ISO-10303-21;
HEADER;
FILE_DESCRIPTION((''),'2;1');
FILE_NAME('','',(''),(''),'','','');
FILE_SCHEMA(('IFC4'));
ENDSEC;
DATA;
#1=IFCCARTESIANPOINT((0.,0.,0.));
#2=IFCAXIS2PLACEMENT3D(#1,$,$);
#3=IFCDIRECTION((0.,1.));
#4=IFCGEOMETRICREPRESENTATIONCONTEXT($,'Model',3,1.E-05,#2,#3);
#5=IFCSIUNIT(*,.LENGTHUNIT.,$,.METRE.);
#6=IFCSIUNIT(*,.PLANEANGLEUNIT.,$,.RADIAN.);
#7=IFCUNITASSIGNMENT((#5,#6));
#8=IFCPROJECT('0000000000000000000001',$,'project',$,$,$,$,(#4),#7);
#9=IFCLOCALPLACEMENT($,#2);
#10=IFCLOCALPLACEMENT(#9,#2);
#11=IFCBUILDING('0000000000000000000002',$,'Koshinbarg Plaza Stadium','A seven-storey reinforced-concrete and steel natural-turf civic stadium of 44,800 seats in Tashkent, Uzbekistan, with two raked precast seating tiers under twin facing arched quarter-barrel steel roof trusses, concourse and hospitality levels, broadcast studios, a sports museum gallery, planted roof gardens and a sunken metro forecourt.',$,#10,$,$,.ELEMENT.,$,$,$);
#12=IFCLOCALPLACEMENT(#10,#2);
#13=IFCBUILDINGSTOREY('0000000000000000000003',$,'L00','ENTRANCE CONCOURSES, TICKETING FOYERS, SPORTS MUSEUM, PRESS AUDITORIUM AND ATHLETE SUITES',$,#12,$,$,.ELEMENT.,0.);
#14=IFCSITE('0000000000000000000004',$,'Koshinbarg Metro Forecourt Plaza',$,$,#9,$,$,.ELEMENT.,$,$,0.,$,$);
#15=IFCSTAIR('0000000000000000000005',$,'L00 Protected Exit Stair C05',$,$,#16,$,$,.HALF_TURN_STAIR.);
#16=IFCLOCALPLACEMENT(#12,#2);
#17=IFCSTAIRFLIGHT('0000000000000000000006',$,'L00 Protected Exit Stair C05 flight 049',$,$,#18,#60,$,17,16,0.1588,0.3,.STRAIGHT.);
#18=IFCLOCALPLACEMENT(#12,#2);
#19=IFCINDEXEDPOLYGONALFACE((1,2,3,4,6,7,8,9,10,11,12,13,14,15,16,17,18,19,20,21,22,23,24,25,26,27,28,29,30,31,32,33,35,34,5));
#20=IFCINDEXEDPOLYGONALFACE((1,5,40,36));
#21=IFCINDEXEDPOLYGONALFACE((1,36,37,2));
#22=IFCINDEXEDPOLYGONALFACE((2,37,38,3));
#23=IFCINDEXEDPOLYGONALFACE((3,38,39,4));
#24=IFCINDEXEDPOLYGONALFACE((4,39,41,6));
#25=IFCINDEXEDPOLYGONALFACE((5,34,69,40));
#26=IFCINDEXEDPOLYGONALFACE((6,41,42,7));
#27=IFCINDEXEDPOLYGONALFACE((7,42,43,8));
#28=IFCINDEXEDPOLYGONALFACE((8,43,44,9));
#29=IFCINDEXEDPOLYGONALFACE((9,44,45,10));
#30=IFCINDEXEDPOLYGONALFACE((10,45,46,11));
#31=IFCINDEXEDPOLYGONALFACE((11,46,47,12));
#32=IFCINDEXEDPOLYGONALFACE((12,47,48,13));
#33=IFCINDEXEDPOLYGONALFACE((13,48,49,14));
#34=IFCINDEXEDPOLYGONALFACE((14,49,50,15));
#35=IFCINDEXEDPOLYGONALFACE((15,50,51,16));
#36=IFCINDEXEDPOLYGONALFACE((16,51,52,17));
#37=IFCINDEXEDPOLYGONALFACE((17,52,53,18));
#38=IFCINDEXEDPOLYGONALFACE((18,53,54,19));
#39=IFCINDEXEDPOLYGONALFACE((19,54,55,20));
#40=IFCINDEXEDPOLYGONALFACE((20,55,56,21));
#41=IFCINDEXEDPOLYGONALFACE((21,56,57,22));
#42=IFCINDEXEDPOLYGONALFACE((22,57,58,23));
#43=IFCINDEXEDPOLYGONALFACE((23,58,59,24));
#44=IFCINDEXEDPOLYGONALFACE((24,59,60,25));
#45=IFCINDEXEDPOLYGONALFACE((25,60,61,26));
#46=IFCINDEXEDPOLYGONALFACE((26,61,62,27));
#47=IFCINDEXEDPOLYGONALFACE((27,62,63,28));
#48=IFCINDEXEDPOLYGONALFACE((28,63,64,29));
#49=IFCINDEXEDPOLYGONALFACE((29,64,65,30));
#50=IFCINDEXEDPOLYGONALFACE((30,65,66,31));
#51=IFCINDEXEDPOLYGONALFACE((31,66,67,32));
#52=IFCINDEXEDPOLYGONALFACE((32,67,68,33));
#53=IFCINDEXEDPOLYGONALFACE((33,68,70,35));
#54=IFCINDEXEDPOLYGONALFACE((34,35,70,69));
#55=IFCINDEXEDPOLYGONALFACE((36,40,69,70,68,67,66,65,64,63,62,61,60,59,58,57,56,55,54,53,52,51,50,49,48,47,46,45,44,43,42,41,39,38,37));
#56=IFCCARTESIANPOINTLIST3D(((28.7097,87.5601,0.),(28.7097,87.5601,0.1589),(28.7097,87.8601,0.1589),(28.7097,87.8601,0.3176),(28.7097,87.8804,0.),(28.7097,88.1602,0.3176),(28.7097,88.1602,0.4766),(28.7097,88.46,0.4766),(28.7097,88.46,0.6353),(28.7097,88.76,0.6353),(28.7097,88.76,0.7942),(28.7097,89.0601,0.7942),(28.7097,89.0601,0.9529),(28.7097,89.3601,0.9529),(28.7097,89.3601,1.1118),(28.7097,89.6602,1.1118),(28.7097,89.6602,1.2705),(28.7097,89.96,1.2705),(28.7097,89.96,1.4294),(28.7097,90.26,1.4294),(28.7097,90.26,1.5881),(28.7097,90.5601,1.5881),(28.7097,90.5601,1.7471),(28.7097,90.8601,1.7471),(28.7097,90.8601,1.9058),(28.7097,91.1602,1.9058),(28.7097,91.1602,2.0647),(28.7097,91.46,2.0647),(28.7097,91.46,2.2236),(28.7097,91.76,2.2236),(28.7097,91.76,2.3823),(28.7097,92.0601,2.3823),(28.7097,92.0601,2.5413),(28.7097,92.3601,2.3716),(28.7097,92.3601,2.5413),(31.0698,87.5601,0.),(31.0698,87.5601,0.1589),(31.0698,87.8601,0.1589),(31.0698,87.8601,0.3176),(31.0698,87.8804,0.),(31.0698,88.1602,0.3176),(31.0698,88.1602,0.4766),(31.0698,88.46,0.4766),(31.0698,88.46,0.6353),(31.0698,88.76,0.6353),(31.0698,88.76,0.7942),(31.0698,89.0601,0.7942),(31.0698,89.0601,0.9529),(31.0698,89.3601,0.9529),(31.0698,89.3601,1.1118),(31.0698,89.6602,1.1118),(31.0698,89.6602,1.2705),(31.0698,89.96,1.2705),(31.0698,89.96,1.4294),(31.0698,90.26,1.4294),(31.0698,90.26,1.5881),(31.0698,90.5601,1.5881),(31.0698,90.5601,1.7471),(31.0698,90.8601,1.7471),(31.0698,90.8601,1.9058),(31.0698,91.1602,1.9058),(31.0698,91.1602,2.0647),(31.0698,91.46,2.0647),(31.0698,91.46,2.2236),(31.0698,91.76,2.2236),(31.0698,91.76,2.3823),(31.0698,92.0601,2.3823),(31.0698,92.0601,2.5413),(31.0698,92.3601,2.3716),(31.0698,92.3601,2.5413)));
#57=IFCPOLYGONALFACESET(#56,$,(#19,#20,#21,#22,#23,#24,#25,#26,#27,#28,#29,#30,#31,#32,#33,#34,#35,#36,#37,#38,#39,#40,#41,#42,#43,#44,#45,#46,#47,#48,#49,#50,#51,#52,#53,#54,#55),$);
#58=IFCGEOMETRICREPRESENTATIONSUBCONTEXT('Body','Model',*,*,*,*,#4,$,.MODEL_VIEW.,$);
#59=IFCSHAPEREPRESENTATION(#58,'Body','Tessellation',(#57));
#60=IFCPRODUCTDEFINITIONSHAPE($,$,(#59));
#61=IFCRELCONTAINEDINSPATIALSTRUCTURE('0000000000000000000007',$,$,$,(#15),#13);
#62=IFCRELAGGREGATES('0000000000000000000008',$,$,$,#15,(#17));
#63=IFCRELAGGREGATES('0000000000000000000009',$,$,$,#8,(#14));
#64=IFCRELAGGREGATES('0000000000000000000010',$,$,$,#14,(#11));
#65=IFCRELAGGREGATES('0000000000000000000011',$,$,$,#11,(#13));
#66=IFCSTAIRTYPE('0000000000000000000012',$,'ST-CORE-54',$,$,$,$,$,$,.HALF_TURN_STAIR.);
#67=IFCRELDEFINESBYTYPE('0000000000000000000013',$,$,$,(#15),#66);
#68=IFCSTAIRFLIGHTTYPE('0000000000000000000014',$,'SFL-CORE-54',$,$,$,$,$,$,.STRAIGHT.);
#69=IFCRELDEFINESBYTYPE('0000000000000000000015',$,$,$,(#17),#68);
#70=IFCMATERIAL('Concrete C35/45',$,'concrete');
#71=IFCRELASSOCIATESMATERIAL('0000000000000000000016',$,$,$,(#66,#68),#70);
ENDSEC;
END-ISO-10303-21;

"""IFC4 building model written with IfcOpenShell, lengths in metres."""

from ifc_helpers import new_model, si_unit, direction, frame, origin, place, context, subcontext, project, spatial, polyline, outline, extrude, material, type_object, element, aggregate, save


model = new_model("IFC4")

# Units and contexts
model_context = context("Model", 3, precision=1e-05, world=origin(), true_north=direction((0.0, 1.0)))
body_context = subcontext(model_context, "Body", "Model", "MODEL_VIEW")
ifc_project = project(units=[si_unit("LENGTHUNIT", "METRE"), si_unit("PLANEANGLEUNIT", "RADIAN")], contexts=[model_context])

# Site, building, storey
site_placement = place(None, origin())
site = spatial("IfcSite", under=ifc_project, at=site_placement, Name="Koshinbarg Metro Forecourt Plaza", CompositionType="ELEMENT", RefElevation=0.0)
building_placement = place(site_placement, origin())
building = spatial("IfcBuilding", under=site, at=building_placement, Name="Koshinbarg Plaza Stadium", Description="A seven-storey reinforced-concrete and steel natural-turf civic stadium of 44,800 seats in Tashkent, Uzbekistan, with two raked precast seating tiers under twin facing arched quarter-barrel steel roof trusses, concourse and hospitality levels, broadcast studios, a sports museum gallery, planted roof gardens and a sunken metro forecourt.", CompositionType="ELEMENT")
storey_placement = place(building_placement, origin())
storey = spatial("IfcBuildingStorey", under=building, at=storey_placement, Name="L00", Description="ENTRANCE CONCOURSES, TICKETING FOYERS, SPORTS MUSEUM, PRESS AUDITORIUM AND ATHLETE SUITES", CompositionType="ELEMENT", Elevation=0.0)

# Shared definitions
ifc_material_1 = material(Name="Concrete C35/45", Category="concrete")

# Stair, stair flight
stair_type = type_object("IfcStairType", Name="ST-CORE-54", PredefinedType="HALF_TURN_STAIR", material=ifc_material_1)
stair_placement = place(storey_placement, origin())
stair = element("IfcStair", 1, at=stair_placement, inside=storey, type_object=stair_type, Name="L00 Protected Exit Stair C05", PredefinedType="HALF_TURN_STAIR")
stair_flight_type = type_object("IfcStairFlightType", Name="SFL-CORE-54", PredefinedType="STRAIGHT", material=ifc_material_1)
stair_flight_placement = place(storey_placement, frame((29.8899, 87.5601, 0.0), z_axis=(0.0, 0.0, 1.0), x_axis=(0.0, 1.0, 0.0)))
stair_flight = element("IfcStairFlight", 2, at=stair_flight_placement, type_object=stair_flight_type, Name="L00 Protected Exit Stair C05 flight 049", NumberOfRisers=17, NumberOfTreads=16, PredefinedType="STRAIGHT", RiserHeight=0.1588, TreadLength=0.3, context=body_context, shape_type="SweptSolid", body=[
    extrude(outline(polyline([(0.0, 0.0), (0.0, 0.1589), (0.3, 0.1589), (0.3, 0.3176), (0.6001, 0.3176), (0.6001, 0.4766), (0.8999, 0.4766), (0.8999, 0.6353), (1.2, 0.6353), (1.2, 0.7942), (1.5, 0.7942), (1.5, 0.9529), (1.8, 0.9529), (1.8, 1.1118), (2.1001, 1.1118), (2.1001, 1.2705), (2.3999, 1.2705), (2.3999, 1.4294), (2.7, 1.4294), (2.7, 1.5881), (3.0, 1.5881), (3.0, 1.7471), (3.3, 1.7471), (3.3, 1.9058), (3.6001, 1.9058), (3.6001, 2.0647), (3.8999, 2.0647), (3.8999, 2.2236), (4.2, 2.2236), (4.2, 2.3823), (4.5, 2.3823), (4.5, 2.5413), (4.8, 2.5413), (4.8, 2.7), (4.8, 2.3716), (0.3203, 0.0), (0.0, 0.0)])), frame((0.0, 1.1802, 0.0), z_axis=(0.0, -1.0, 0.0), x_axis=(1.0, 0.0, 0.0)), (0.0, 0.0, 1.0), 2.3601),
])
aggregate(stair, [stair_flight])

save(model, "model.ifc")
